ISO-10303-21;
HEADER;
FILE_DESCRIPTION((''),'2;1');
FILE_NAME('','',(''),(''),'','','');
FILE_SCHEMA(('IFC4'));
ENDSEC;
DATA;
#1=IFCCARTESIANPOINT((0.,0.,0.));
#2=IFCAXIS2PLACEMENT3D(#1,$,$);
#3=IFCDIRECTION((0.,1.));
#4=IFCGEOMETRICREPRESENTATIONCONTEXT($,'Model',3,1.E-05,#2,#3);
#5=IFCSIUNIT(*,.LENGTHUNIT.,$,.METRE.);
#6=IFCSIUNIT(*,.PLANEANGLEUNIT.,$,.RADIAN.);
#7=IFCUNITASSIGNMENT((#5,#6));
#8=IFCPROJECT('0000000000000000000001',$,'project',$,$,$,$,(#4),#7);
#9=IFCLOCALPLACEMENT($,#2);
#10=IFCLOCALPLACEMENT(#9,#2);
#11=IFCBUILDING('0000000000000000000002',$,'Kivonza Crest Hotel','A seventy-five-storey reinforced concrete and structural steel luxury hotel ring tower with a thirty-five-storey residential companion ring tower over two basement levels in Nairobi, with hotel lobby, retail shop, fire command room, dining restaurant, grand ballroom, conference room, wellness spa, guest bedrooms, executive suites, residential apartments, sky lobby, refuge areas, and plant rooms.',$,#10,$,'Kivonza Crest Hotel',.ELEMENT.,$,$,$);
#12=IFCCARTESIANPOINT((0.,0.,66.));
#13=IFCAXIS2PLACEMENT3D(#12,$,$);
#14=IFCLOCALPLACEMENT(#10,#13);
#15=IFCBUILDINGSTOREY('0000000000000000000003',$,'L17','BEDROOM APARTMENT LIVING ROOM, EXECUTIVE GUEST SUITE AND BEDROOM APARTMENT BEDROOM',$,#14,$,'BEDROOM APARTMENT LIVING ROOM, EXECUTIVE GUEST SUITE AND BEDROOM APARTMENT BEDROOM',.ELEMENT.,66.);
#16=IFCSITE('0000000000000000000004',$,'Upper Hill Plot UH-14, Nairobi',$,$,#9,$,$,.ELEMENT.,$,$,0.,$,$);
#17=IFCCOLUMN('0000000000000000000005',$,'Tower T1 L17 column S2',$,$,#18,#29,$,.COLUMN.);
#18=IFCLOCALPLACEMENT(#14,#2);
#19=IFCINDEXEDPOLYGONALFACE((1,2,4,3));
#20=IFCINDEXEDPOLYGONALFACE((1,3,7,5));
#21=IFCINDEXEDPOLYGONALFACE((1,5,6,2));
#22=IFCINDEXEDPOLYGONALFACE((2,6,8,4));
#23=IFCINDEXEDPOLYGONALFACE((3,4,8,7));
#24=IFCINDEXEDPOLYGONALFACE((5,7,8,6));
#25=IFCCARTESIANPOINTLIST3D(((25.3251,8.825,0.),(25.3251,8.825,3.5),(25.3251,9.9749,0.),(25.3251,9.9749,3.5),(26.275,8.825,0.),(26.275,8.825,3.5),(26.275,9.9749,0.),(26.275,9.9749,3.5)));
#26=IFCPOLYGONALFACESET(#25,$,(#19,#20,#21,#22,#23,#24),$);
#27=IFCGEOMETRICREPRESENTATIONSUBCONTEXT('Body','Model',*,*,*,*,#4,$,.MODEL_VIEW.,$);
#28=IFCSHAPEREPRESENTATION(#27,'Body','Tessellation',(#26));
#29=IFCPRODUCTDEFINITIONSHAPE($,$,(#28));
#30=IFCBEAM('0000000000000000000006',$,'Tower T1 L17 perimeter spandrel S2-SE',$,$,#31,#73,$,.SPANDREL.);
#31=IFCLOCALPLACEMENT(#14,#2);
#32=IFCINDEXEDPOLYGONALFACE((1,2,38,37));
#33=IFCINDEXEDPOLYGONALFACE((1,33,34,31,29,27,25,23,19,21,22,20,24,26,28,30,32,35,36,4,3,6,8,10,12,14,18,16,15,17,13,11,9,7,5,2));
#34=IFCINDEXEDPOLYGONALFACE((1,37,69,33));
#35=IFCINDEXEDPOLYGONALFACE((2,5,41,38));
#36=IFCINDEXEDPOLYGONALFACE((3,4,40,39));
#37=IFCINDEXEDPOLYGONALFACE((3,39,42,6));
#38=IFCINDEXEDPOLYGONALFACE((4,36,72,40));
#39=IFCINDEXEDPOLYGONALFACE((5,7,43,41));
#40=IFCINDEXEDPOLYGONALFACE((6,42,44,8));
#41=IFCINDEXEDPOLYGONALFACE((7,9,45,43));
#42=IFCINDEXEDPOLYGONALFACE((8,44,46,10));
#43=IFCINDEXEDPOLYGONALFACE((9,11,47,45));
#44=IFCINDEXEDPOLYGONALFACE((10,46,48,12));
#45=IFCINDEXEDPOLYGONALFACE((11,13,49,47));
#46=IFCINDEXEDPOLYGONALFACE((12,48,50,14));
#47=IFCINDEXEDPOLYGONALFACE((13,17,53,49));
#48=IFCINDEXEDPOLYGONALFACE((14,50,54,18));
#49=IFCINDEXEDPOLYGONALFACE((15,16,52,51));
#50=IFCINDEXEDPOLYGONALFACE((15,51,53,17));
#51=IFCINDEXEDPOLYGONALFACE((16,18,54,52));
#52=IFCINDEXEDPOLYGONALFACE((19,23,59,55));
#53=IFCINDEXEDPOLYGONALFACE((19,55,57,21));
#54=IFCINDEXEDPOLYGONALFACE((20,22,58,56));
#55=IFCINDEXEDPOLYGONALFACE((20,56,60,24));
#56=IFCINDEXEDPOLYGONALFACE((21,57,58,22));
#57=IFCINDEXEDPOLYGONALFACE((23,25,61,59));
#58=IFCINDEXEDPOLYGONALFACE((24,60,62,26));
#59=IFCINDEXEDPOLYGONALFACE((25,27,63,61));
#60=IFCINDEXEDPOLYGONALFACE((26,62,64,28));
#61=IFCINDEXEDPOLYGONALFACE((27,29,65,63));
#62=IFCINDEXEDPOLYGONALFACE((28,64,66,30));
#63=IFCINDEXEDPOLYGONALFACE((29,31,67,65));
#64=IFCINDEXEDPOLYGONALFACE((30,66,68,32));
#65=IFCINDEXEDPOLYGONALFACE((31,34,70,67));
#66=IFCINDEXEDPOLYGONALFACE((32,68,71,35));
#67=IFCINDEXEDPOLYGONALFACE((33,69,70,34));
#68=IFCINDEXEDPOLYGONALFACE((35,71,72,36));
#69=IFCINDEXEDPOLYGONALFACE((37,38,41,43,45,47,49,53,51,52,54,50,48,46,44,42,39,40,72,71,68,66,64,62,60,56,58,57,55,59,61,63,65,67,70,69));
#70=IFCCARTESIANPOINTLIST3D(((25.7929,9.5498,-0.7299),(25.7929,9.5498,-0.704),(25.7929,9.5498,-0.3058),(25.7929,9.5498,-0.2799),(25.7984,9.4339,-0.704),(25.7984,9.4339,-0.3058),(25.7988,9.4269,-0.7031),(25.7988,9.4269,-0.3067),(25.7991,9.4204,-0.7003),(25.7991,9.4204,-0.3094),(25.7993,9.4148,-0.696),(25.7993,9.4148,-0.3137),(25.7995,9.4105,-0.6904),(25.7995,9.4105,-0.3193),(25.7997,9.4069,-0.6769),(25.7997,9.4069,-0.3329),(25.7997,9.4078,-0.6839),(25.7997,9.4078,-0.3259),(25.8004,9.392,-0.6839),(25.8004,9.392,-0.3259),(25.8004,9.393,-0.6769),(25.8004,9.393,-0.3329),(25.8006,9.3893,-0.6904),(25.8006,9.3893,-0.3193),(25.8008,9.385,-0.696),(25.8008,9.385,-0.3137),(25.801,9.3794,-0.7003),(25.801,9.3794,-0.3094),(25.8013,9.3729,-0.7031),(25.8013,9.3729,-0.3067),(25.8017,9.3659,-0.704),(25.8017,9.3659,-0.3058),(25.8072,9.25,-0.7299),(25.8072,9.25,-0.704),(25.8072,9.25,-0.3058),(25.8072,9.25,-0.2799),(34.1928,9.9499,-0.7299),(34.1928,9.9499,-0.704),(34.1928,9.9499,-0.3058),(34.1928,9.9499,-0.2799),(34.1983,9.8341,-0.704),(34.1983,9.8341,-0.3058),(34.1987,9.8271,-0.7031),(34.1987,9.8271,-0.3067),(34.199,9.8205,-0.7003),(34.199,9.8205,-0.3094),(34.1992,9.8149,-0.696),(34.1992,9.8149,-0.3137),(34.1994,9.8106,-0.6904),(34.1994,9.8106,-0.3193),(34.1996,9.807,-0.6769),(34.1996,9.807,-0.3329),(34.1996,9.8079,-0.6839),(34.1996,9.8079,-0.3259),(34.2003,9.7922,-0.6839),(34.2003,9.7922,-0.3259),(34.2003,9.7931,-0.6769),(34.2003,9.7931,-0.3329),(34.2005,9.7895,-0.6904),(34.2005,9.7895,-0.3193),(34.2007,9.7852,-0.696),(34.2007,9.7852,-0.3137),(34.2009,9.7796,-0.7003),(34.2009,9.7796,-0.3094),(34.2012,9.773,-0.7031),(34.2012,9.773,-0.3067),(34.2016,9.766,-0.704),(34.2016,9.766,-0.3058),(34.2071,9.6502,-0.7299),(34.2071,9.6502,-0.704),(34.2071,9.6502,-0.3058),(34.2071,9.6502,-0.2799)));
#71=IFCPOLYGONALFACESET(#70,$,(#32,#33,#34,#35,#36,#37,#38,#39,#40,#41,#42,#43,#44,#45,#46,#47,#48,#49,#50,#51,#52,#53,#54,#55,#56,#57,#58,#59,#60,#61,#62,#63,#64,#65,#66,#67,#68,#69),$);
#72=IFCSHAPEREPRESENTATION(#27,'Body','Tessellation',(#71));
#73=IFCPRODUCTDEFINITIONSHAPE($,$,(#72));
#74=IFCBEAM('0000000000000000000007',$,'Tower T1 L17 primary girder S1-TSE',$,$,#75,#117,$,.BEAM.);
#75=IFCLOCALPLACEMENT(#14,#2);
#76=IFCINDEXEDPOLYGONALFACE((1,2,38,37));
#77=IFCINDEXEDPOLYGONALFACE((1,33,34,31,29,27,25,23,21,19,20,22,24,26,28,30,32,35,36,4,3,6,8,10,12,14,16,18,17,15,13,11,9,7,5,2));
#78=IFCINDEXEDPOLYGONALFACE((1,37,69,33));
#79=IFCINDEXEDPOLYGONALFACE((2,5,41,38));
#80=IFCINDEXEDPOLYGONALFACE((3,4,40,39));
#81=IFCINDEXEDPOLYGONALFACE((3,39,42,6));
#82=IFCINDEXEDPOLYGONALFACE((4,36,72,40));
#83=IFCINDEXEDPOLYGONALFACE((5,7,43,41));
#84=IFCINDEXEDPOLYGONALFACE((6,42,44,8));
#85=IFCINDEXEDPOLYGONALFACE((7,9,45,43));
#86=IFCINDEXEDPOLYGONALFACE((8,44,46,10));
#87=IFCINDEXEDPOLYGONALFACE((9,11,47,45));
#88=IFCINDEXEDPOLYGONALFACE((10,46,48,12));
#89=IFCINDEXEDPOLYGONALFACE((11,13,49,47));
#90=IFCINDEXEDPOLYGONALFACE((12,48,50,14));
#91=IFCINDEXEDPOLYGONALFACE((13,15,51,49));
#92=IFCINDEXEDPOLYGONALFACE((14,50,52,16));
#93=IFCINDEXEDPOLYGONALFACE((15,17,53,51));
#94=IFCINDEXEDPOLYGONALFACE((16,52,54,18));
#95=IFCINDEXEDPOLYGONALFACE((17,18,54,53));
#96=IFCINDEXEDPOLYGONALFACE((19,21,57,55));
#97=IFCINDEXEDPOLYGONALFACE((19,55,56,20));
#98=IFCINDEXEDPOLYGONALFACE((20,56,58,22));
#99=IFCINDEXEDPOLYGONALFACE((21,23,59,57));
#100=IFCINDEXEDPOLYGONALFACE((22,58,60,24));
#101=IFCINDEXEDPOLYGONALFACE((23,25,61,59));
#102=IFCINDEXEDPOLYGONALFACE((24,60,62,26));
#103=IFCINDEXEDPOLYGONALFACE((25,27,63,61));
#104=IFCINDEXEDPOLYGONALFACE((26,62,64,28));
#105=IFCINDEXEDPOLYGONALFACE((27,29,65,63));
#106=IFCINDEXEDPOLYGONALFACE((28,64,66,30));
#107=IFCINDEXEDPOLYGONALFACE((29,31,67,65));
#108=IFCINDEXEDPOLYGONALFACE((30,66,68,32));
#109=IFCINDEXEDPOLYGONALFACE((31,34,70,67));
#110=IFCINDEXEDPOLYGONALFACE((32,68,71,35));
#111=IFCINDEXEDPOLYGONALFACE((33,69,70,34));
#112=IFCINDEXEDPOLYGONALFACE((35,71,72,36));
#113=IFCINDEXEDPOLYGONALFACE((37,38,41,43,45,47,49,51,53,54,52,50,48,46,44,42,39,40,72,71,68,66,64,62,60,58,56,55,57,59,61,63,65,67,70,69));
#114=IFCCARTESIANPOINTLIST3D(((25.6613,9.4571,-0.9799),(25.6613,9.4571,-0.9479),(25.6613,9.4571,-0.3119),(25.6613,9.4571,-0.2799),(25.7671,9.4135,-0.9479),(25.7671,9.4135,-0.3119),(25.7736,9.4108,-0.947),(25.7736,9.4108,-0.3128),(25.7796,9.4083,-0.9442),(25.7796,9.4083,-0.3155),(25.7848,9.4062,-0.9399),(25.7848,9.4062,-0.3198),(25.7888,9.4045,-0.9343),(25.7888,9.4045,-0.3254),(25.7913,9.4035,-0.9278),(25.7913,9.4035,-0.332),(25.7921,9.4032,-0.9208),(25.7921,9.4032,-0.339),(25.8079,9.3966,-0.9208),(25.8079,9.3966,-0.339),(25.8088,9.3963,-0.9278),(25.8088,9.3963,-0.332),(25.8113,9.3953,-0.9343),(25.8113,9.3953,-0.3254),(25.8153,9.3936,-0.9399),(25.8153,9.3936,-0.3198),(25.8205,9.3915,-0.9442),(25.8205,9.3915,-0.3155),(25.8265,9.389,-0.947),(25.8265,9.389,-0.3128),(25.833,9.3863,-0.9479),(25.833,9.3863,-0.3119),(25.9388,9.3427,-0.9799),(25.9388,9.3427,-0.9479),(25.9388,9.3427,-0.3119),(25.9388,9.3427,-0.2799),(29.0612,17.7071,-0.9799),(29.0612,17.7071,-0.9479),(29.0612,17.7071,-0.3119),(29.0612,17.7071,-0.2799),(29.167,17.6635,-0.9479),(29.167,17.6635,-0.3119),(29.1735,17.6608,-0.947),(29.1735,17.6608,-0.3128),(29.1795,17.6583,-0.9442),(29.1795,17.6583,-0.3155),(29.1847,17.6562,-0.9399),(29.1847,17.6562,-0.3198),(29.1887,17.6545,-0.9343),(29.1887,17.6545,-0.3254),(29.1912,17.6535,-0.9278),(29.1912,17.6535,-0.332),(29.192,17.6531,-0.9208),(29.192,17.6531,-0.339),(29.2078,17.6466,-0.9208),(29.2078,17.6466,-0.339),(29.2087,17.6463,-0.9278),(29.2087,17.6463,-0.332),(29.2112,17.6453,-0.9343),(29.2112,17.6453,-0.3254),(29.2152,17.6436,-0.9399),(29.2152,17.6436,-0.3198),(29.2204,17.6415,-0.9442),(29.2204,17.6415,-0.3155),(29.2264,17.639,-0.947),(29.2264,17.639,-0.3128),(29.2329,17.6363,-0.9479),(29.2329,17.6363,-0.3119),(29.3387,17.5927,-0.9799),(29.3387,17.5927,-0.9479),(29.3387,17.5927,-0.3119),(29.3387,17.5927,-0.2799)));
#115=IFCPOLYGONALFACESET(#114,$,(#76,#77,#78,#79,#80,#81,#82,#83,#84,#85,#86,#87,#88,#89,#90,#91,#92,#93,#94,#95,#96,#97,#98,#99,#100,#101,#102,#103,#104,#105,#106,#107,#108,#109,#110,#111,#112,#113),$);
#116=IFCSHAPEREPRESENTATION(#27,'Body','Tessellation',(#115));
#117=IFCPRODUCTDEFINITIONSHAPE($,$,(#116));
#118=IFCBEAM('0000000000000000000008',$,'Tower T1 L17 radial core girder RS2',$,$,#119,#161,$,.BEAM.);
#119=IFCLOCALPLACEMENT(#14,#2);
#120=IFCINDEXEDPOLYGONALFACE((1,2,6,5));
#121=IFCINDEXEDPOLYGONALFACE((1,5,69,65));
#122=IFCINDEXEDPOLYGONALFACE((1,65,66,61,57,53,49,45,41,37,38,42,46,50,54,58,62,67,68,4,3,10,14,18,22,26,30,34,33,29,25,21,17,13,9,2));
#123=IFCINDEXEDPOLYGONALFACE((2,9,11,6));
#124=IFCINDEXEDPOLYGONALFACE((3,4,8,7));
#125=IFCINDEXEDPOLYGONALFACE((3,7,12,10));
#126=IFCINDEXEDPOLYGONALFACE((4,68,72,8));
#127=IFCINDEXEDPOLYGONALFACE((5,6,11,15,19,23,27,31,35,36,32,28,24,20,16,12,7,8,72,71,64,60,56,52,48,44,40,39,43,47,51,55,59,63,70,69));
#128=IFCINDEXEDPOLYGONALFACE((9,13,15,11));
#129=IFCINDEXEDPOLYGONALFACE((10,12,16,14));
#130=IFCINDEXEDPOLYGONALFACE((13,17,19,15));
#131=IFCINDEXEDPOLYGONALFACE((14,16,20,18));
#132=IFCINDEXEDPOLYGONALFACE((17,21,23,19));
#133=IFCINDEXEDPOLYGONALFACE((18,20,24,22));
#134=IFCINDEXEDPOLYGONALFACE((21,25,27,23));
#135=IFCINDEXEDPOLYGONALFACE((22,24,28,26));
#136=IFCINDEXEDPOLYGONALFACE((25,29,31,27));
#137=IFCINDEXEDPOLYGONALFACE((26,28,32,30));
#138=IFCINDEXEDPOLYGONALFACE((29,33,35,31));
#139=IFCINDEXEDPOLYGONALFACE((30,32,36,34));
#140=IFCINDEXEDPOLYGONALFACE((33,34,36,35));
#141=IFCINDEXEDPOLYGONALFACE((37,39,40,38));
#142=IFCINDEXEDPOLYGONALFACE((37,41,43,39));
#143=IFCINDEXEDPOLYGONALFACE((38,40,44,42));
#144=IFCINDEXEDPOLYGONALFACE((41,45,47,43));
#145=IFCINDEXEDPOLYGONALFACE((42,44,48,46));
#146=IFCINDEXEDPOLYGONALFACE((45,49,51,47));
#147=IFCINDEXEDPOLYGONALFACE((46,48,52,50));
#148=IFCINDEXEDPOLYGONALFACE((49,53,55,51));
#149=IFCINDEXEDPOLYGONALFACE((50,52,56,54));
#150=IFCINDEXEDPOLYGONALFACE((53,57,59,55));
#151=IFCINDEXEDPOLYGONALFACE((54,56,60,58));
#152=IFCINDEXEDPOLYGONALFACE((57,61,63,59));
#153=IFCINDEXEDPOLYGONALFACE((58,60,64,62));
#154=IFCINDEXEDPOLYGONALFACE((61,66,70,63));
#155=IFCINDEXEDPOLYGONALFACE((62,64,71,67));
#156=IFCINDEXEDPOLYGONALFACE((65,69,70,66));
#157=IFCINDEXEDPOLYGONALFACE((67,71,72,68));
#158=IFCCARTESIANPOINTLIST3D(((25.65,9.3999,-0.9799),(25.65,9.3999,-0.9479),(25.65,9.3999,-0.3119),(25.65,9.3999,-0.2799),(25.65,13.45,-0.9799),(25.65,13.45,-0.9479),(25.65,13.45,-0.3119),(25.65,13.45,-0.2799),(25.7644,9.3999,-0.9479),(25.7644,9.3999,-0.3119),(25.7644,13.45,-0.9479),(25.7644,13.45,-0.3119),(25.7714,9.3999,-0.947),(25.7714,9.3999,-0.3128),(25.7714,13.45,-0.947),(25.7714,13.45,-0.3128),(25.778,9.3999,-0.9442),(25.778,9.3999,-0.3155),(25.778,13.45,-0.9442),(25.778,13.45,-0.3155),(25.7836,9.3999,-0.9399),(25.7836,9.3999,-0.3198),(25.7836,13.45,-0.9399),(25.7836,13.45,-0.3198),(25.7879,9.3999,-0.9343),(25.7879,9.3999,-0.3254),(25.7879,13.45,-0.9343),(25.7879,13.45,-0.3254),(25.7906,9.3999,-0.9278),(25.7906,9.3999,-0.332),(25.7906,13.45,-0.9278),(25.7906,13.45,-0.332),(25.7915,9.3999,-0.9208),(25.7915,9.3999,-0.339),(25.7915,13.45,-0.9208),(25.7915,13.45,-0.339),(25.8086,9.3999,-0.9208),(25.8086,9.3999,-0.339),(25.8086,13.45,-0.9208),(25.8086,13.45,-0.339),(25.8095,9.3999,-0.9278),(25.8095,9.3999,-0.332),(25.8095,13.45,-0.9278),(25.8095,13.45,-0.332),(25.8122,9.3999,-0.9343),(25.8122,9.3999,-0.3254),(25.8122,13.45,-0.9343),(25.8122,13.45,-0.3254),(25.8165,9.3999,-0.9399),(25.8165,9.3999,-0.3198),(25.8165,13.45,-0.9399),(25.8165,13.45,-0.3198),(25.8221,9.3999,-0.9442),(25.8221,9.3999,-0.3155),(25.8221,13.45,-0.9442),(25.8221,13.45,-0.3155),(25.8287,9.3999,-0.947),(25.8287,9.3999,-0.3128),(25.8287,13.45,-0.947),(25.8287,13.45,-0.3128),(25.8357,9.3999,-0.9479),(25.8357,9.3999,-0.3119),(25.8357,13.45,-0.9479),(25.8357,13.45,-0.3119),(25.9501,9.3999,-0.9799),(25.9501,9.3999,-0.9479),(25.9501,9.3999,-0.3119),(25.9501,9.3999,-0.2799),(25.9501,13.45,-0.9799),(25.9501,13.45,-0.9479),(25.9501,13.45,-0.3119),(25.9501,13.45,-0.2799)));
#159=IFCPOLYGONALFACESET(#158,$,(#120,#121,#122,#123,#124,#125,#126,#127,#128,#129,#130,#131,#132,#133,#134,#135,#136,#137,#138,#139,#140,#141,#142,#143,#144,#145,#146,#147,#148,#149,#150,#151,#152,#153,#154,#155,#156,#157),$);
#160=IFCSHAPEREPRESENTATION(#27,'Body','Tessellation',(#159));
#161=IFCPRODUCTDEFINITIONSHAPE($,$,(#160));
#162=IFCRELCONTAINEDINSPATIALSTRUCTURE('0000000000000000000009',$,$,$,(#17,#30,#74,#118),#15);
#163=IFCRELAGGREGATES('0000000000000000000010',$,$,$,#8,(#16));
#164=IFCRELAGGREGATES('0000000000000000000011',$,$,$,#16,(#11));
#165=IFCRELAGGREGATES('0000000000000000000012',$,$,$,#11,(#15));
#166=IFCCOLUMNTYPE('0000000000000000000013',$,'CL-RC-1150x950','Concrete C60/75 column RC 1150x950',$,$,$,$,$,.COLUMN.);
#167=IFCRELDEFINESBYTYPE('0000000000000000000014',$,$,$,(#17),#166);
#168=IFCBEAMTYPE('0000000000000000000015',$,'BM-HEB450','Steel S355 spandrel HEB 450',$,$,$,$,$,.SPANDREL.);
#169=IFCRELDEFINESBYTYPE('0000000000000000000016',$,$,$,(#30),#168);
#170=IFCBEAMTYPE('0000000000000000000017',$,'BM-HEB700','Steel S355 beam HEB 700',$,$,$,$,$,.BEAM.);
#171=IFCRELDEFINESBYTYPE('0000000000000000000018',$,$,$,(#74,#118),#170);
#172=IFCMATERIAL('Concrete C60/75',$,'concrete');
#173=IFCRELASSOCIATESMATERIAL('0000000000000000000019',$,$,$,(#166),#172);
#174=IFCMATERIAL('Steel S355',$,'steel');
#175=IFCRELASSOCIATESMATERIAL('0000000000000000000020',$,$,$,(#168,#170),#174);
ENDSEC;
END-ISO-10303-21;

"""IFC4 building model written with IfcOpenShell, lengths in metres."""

from ifc_helpers import new_model, si_unit, direction, frame, origin, origin_2d, place, context, subcontext, project, spatial, rectangle, i_section, extrude, material, material_profile, profile_set, type_object, element, save


model = new_model("IFC4")

# Units and contexts
model_context = context("Model", 3, precision=1e-05, world=origin(), true_north=direction((0.0, 1.0)))
body_context = subcontext(model_context, "Body", "Model", "MODEL_VIEW")
ifc_project = project(units=[si_unit("LENGTHUNIT", "METRE"), si_unit("PLANEANGLEUNIT", "RADIAN")], contexts=[model_context])

# Site, building, storey
site_placement = place(None, origin())
site = spatial("IfcSite", under=ifc_project, at=site_placement, Name="Upper Hill Plot UH-14, Nairobi", CompositionType="ELEMENT", RefElevation=0.0)
building_placement = place(site_placement, origin())
building = spatial("IfcBuilding", under=site, at=building_placement, Name="Kivonza Crest Hotel", Description="A seventy-five-storey reinforced concrete and structural steel luxury hotel ring tower with a thirty-five-storey residential companion ring tower over two basement levels in Nairobi, with hotel lobby, retail shop, fire command room, dining restaurant, grand ballroom, conference room, wellness spa, guest bedrooms, executive suites, residential apartments, sky lobby, refuge areas, and plant rooms.", LongName="Kivonza Crest Hotel", CompositionType="ELEMENT")
storey_placement = place(building_placement, frame((0.0, 0.0, 66.0)))
storey = spatial("IfcBuildingStorey", under=building, at=storey_placement, Name="L17", Description="BEDROOM APARTMENT LIVING ROOM, EXECUTIVE GUEST SUITE AND BEDROOM APARTMENT BEDROOM", LongName="BEDROOM APARTMENT LIVING ROOM, EXECUTIVE GUEST SUITE AND BEDROOM APARTMENT BEDROOM", CompositionType="ELEMENT", Elevation=66.0)

# Column
ifc_material_1 = material(Name="Concrete C60/75", Category="concrete")
ifc_material_profile_1 = material_profile(ifc_material_1, rectangle(XDim=0.95, YDim=1.1499, at=origin_2d()), Name="RC 1150x950")
ifc_profile_set_1 = profile_set([ifc_material_profile_1], Name="Concrete C60/75")
column_type = type_object("IfcColumnType", Name="CL-RC-1150x950", Description="Concrete C60/75 column RC 1150x950", PredefinedType="COLUMN", material=ifc_profile_set_1)
column_placement = place(storey_placement, frame((25.8, 9.3999, 0.0), z_axis=(0.0, 0.0, 1.0), x_axis=(1.0, 0.0, 0.0)))
element("IfcColumn", 1, at=column_placement, inside=storey, type_object=column_type, Name="Tower T1 L17 column S2", PredefinedType="COLUMN", context=body_context, shape_type="SweptSolid", body=[
    extrude(rectangle(XDim=0.95, YDim=1.1499, at=origin_2d()), origin(), (0.0, 0.0, 1.0), 3.5),
])

# Beams
ifc_material_2 = material(Name="Steel S355", Category="steel")
ifc_material_profile_2 = material_profile(ifc_material_2, i_section(OverallWidth=0.3, OverallDepth=0.45, WebThickness=0.0139, FlangeThickness=0.0259, FilletRadius=0.0271, at=origin_2d()), Name="HEB 450")
ifc_profile_set_2 = profile_set([ifc_material_profile_2], Name="Steel S355")
beam_type_1 = type_object("IfcBeamType", Name="BM-HEB450", Description="Steel S355 spandrel HEB 450", PredefinedType="SPANDREL", material=ifc_profile_set_2)
beam_1_placement = place(storey_placement, frame((25.8, 9.3999, -0.5049), z_axis=(0.998867, 0.047583, 0.0), x_axis=(-0.047583, 0.998867, 0.0)))
element("IfcBeam", 2, at=beam_1_placement, inside=storey, type_object=beam_type_1, Name="Tower T1 L17 perimeter spandrel S2-SE", PredefinedType="SPANDREL", context=body_context, shape_type="SweptSolid", body=[
    extrude(i_section(OverallWidth=0.3, OverallDepth=0.45, WebThickness=0.0139, FlangeThickness=0.0259, FilletRadius=0.0271, at=origin_2d()), origin(), (0.0, 0.0, 1.0), 8.4094),
])
ifc_material_profile_3 = material_profile(ifc_material_2, i_section(OverallWidth=0.3, OverallDepth=0.7, WebThickness=0.0171, FlangeThickness=0.032, FilletRadius=0.0271, at=origin_2d()), Name="HEB 700")
ifc_profile_set_3 = profile_set([ifc_material_profile_3], Name="Steel S355")
beam_type_2 = type_object("IfcBeamType", Name="BM-HEB700", Description="Steel S355 beam HEB 700", PredefinedType="BEAM", material=ifc_profile_set_3)
beam_2_placement = place(storey_placement, frame((25.8, 9.3999, -0.6299), z_axis=(0.381022, 0.924566, 0.0), x_axis=(-0.924566, 0.381022, 0.0)))
element("IfcBeam", 3, at=beam_2_placement, inside=storey, type_object=beam_type_2, Name="Tower T1 L17 primary girder S1-TSE", PredefinedType="BEAM", context=body_context, shape_type="SweptSolid", body=[
    extrude(i_section(OverallWidth=0.3, OverallDepth=0.7, WebThickness=0.0171, FlangeThickness=0.032, FilletRadius=0.0271, at=origin_2d()), origin(), (0.0, 0.0, 1.0), 8.9231),
])
beam_3_placement = place(storey_placement, frame((25.8, 9.3999, -0.6299), z_axis=(0.0, 1.0, 0.0), x_axis=(-1.0, 0.0, 0.0)))
element("IfcBeam", 4, at=beam_3_placement, inside=storey, type_object=beam_type_2, Name="Tower T1 L17 radial core girder RS2", PredefinedType="BEAM", context=body_context, shape_type="SweptSolid", body=[
    extrude(i_section(OverallWidth=0.3, OverallDepth=0.7, WebThickness=0.0171, FlangeThickness=0.032, FilletRadius=0.0271, at=origin_2d()), origin(), (0.0, 0.0, 1.0), 4.05),
])

save(model, "model.ifc")
